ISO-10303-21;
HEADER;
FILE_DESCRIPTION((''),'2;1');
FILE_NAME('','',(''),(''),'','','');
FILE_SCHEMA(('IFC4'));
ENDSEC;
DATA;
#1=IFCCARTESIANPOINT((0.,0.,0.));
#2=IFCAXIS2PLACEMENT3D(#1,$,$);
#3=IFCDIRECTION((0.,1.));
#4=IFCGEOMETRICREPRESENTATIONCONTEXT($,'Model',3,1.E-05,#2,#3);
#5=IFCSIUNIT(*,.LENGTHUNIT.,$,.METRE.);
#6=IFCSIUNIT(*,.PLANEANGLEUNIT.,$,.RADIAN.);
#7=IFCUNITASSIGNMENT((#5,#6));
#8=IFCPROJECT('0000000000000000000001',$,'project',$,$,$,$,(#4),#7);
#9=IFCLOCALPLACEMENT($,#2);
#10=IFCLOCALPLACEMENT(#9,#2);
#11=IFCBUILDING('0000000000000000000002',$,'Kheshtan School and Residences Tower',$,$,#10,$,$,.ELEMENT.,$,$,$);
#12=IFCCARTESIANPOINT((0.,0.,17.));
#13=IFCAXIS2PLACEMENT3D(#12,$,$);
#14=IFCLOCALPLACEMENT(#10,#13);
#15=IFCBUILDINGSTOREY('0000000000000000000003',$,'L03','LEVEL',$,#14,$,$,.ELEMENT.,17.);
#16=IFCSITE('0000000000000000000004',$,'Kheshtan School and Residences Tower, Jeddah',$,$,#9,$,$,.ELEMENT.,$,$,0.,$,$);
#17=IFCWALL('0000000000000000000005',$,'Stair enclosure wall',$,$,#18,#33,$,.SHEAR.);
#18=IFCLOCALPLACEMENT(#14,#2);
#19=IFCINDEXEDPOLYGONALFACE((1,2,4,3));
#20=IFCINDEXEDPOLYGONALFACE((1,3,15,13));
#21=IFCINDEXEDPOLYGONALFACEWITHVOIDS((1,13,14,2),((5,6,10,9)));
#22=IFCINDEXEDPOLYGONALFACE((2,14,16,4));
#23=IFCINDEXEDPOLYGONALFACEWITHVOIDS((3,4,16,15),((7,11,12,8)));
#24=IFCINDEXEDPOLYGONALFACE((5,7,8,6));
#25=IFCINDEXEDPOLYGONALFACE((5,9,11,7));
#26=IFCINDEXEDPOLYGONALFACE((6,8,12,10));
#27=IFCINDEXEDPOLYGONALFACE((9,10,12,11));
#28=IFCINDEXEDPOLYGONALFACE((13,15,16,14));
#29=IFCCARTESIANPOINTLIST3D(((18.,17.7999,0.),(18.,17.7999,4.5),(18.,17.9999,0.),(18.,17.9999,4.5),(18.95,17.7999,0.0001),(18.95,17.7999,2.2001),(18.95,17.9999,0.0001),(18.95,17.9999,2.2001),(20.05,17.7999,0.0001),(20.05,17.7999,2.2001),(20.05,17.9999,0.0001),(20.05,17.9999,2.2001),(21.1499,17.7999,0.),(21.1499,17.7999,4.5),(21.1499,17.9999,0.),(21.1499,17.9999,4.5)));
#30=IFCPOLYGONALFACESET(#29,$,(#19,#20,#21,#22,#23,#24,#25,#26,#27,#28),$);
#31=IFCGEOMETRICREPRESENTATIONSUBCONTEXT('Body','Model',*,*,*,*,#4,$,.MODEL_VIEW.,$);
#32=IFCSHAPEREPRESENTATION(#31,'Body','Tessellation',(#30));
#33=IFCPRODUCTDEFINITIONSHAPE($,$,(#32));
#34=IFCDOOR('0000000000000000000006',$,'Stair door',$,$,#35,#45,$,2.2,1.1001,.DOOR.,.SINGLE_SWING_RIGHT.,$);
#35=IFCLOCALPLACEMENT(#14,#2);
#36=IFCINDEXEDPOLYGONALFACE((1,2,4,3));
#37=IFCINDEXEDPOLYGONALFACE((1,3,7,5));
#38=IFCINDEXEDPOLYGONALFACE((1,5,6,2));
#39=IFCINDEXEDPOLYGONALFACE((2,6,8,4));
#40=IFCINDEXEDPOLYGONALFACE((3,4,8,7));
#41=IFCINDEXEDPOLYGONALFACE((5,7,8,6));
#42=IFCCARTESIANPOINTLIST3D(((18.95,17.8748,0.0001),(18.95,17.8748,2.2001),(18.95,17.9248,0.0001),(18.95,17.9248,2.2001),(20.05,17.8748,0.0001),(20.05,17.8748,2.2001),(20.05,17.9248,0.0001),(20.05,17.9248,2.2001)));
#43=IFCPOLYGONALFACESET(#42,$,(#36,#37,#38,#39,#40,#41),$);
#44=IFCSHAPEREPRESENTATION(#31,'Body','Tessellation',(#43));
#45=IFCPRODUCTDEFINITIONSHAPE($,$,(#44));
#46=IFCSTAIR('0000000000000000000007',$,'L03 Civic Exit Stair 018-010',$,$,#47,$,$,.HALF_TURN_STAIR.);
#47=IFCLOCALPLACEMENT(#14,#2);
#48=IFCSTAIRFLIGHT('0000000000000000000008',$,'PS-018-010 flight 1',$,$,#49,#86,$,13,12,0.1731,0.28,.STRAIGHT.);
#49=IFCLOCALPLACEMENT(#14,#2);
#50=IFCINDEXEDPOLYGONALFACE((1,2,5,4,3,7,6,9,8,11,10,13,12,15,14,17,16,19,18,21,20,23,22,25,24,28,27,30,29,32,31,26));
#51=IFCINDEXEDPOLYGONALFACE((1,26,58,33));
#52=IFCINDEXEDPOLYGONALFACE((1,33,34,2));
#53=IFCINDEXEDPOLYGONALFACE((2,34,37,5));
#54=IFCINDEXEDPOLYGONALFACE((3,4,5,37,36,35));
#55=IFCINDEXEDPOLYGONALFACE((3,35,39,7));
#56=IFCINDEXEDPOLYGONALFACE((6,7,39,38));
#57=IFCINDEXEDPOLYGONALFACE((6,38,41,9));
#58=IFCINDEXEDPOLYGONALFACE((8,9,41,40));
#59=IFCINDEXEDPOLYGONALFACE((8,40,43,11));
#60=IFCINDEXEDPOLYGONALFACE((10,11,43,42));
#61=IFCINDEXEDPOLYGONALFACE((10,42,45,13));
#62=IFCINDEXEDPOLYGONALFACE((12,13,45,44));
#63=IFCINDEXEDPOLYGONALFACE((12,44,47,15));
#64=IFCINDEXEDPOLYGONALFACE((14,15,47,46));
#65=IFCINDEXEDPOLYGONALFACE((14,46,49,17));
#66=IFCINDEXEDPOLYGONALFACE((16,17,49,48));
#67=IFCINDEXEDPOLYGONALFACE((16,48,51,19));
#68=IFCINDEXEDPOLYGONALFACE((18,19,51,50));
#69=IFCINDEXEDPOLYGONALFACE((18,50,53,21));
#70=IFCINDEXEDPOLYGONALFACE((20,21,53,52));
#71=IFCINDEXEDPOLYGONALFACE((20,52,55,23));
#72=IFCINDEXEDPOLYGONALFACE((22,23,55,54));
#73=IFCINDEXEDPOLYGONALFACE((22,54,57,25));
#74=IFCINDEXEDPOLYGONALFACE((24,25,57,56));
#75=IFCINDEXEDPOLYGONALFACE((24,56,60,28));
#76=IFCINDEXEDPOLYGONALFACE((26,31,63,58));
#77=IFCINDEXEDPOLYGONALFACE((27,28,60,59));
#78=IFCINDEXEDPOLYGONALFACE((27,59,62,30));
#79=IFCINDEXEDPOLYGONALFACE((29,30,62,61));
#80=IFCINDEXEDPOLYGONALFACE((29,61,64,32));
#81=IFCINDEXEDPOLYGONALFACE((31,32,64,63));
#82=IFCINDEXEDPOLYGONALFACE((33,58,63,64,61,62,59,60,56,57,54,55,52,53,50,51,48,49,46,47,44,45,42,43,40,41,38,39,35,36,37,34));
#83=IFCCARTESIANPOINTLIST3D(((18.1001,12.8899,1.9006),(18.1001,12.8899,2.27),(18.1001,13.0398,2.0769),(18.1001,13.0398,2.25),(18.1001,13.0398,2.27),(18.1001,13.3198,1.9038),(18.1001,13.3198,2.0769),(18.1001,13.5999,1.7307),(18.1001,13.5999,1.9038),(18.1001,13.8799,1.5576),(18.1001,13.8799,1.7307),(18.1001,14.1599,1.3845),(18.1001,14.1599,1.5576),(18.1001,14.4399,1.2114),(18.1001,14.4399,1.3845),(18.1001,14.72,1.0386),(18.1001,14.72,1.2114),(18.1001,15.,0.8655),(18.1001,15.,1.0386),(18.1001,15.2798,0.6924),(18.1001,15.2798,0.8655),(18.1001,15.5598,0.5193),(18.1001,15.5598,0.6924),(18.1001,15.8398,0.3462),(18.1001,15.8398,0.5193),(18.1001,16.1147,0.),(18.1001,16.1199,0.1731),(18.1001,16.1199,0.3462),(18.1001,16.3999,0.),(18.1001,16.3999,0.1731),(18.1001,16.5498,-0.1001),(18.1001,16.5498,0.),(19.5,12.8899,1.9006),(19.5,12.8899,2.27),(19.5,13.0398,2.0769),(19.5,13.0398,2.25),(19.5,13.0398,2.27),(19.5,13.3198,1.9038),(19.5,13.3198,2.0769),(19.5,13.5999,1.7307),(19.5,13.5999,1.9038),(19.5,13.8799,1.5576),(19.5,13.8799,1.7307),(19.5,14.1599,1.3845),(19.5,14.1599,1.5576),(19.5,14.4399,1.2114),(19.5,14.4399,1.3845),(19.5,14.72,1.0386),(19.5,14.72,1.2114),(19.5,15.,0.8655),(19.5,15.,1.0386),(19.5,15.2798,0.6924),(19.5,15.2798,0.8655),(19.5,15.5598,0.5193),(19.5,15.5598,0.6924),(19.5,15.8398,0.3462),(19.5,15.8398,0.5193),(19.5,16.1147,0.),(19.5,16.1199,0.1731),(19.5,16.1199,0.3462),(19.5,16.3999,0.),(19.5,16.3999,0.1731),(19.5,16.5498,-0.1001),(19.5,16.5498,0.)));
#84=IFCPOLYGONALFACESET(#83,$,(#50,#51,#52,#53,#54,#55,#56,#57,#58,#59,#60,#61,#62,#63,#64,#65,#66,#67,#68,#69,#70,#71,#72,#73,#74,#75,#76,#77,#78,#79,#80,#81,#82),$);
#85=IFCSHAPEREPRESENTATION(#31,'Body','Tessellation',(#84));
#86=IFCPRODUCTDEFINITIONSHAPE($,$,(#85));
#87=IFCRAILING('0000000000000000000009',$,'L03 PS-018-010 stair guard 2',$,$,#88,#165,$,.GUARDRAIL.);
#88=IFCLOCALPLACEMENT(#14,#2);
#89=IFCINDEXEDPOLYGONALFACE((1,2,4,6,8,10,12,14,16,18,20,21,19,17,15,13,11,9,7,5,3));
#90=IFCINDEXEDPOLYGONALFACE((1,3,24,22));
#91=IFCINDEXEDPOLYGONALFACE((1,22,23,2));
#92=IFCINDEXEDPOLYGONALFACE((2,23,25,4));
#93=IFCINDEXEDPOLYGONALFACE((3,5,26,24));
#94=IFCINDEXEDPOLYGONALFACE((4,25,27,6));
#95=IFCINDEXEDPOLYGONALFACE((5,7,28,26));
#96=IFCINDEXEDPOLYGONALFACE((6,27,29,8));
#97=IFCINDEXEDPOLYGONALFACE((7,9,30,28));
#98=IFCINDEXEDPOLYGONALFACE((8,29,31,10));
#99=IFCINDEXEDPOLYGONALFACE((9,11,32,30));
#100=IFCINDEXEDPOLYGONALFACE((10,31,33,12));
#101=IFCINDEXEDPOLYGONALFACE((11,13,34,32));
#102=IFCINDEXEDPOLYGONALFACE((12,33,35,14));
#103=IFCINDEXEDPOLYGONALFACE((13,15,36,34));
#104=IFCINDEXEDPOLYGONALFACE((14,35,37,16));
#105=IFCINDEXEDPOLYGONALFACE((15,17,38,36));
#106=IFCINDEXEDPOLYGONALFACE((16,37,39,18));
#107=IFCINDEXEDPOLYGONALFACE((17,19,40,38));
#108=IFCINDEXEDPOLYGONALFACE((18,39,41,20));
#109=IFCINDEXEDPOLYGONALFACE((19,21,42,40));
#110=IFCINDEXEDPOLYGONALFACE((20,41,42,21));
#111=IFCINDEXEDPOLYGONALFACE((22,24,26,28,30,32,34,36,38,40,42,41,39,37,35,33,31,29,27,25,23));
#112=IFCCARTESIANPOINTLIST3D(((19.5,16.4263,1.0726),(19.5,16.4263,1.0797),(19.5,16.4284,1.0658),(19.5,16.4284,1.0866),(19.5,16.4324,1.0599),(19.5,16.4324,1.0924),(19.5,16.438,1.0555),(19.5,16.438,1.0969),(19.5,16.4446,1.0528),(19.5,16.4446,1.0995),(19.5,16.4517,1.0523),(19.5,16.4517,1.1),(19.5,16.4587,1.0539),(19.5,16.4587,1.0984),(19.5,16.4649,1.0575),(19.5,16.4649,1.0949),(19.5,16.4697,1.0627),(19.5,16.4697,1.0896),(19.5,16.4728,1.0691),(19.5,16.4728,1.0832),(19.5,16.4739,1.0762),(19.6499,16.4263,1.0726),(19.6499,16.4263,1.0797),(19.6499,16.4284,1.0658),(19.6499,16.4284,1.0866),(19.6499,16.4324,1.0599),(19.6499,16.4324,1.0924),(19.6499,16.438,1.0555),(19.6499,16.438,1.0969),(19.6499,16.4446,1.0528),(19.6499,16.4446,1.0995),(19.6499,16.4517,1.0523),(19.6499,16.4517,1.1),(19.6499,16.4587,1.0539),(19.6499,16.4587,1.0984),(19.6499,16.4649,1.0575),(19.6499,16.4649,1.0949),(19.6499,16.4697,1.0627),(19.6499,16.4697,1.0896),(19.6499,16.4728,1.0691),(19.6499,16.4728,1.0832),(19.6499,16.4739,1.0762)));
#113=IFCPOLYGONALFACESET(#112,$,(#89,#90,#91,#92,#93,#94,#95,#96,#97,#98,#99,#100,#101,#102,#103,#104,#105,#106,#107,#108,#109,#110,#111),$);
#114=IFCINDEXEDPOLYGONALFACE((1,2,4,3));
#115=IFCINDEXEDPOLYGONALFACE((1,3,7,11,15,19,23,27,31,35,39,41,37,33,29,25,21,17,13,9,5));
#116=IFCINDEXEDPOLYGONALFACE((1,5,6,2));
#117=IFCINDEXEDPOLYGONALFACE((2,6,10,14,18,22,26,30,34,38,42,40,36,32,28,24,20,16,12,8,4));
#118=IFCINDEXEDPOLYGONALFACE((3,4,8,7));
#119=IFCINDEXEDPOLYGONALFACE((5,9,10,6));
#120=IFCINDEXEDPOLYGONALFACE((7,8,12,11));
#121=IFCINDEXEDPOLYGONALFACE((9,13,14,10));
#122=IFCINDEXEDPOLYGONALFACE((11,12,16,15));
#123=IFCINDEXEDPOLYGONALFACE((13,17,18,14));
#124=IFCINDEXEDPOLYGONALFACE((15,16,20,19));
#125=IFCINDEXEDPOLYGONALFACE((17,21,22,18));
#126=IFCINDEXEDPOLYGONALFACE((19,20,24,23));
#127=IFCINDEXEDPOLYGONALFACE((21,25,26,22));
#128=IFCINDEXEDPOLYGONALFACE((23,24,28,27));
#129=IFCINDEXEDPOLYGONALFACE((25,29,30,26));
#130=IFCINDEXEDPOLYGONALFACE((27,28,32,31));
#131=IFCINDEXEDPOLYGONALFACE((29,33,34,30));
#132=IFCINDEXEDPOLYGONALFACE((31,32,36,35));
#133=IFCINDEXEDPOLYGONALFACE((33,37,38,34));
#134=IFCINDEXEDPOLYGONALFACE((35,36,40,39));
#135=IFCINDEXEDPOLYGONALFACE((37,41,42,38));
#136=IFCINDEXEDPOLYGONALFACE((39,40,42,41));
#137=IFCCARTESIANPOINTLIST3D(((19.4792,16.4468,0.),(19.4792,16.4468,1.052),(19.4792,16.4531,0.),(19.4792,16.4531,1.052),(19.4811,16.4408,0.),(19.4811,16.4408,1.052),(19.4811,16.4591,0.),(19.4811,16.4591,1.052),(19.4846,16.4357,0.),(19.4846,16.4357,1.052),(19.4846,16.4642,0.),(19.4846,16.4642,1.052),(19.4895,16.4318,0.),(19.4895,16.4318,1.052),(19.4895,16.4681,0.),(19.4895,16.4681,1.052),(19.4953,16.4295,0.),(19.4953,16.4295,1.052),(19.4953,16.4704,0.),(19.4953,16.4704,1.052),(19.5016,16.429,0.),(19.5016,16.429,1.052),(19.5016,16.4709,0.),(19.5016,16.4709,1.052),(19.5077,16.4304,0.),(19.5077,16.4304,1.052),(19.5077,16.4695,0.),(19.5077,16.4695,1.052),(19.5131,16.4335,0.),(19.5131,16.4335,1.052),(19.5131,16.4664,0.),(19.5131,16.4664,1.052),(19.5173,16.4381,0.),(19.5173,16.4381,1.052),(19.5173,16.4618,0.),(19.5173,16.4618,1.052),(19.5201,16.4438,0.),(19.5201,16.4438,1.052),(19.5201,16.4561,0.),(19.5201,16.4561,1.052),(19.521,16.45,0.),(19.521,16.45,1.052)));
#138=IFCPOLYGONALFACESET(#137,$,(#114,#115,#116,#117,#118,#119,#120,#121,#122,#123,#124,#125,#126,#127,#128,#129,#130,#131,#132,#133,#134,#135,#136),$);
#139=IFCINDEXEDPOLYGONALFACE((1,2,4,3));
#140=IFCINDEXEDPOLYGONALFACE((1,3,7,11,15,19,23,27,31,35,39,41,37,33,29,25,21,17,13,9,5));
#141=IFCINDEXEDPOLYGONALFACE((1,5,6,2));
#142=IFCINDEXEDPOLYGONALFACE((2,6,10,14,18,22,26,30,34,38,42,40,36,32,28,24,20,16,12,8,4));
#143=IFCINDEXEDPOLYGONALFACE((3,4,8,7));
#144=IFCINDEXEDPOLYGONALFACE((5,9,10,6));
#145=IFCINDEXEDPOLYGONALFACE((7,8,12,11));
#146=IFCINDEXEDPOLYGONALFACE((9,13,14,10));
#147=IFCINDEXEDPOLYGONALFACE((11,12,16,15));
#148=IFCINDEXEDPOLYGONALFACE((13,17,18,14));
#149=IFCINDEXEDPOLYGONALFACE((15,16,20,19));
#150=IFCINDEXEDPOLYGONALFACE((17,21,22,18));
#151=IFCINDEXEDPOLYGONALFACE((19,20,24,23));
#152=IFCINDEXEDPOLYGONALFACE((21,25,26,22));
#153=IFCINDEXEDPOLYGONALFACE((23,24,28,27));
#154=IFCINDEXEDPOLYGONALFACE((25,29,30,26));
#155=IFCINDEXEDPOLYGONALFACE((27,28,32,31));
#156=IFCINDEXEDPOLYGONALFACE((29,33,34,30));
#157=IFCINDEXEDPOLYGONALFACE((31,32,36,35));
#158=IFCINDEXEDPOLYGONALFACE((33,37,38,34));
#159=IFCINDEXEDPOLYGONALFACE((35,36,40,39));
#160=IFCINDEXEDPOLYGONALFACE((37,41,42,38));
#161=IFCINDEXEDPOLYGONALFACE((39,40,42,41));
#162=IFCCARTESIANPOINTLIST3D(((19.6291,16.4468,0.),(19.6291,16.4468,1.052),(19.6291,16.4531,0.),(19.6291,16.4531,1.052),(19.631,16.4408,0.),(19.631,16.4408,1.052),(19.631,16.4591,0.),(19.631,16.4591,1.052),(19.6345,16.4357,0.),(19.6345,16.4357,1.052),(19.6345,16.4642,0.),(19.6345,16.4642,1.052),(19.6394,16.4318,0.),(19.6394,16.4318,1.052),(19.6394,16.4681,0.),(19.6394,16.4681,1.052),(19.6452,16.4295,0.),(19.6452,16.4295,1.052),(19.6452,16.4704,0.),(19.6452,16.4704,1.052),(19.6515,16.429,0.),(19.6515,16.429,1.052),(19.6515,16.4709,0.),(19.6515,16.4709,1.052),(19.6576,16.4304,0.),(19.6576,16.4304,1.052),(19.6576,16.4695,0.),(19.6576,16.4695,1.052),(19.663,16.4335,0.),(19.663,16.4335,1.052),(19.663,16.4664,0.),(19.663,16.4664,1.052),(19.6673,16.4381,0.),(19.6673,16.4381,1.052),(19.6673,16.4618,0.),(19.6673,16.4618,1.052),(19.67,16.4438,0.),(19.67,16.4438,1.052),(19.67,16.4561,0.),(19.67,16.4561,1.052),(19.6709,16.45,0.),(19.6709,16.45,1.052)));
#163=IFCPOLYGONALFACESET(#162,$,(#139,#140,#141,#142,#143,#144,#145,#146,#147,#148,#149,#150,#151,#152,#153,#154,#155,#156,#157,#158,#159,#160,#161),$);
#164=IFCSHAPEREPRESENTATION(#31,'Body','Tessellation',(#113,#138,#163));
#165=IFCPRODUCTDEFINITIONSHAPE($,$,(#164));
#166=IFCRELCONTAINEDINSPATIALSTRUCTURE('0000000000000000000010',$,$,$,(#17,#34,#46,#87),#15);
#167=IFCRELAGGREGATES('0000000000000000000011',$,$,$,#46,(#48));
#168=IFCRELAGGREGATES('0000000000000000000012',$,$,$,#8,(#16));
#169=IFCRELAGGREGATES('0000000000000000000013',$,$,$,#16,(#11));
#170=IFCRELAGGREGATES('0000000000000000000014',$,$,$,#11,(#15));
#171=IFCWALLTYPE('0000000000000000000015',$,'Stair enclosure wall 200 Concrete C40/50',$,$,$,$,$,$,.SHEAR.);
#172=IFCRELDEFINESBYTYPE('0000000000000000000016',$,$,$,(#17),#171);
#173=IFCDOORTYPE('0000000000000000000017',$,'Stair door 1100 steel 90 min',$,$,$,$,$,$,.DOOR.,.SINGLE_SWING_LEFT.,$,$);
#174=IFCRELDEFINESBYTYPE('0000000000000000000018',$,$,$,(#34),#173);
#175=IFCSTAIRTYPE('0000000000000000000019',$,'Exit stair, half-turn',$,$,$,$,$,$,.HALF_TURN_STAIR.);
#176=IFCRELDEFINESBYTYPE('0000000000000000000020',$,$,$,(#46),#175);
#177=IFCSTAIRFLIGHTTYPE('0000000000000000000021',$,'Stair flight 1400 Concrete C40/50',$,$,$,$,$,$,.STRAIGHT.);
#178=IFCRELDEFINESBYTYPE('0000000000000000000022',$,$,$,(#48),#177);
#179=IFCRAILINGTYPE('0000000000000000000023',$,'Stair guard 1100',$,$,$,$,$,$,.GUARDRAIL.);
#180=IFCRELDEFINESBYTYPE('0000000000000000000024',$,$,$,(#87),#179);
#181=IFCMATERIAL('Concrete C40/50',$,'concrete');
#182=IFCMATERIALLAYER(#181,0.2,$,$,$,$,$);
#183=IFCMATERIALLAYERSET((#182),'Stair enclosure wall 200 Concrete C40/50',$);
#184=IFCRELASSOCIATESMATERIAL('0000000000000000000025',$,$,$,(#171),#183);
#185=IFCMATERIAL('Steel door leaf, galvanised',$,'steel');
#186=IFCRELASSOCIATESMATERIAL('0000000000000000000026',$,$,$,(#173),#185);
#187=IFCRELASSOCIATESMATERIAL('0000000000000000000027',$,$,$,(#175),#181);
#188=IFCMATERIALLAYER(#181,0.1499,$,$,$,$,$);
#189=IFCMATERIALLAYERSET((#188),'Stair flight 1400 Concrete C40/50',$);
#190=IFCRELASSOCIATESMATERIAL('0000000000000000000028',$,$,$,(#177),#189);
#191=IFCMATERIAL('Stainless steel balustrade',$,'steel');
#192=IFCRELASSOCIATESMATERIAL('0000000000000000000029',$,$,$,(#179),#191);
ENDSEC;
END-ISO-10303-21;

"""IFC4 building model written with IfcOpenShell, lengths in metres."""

from ifc_helpers import new_model, si_unit, direction, frame, frame_2d, origin, origin_2d, place, context, subcontext, project, spatial, polyline, rectangle, circle, outline, extrude, source, transform, mapped, material, layer, layer_set, type_object, element, fill, aggregate, save


model = new_model("IFC4")

# Units and contexts
model_context = context("Model", 3, precision=1e-05, world=origin(), true_north=direction((0.0, 1.0)))
body_context = subcontext(model_context, "Body", "Model", "MODEL_VIEW")
ifc_project = project(units=[si_unit("LENGTHUNIT", "METRE"), si_unit("PLANEANGLEUNIT", "RADIAN")], contexts=[model_context])

# Site, building, storey
site_placement = place(None, origin())
site = spatial("IfcSite", under=ifc_project, at=site_placement, Name="Kheshtan School and Residences Tower, Jeddah", CompositionType="ELEMENT", RefElevation=0.0)
building_placement = place(site_placement, origin())
building = spatial("IfcBuilding", under=site, at=building_placement, Name="Kheshtan School and Residences Tower", CompositionType="ELEMENT")
storey_placement = place(building_placement, frame((0.0, 0.0, 17.0)))
storey = spatial("IfcBuildingStorey", under=building, at=storey_placement, Name="L03", Description="LEVEL", CompositionType="ELEMENT", Elevation=17.0)

# Wall, opening, door
ifc_material_1 = material(Name="Concrete C40/50", Category="concrete")
ifc_layer_1 = layer(ifc_material_1, 0.2)
ifc_layer_set_1 = layer_set([ifc_layer_1], Name="Stair enclosure wall 200 Concrete C40/50")
wall_type_1 = type_object("IfcWallType", Name="Stair enclosure wall 200 Concrete C40/50", PredefinedType="SHEAR", material=ifc_layer_set_1)
wall_1_placement = place(storey_placement, frame((18.0, 17.8999, 0.0), z_axis=(0.0, 0.0, 1.0), x_axis=(1.0, 0.0, 0.0)))
wall_1 = element("IfcWall", 1, at=wall_1_placement, inside=storey, type_object=wall_type_1, Name="Stair enclosure wall", PredefinedType="SHEAR", context=body_context, shape_type="SweptSolid", body=[
    extrude(rectangle(XDim=3.1499, YDim=0.2, at=frame_2d((1.575, 0.0))), origin(), (0.0, 0.0, 1.0), 4.5),
])
opening_1_placement = place(wall_1_placement, frame((0.95, 0.0, 0.0)))
opening_1 = element("IfcOpeningElement", 2, at=opening_1_placement, cuts=wall_1, PredefinedType="OPENING", context=body_context, shape_type="SweptSolid", body=[
    extrude(rectangle(XDim=1.1001, YDim=2.2, at=frame_2d((0.55, 1.1001))), frame((0.0, 0.1099, 0.0), z_axis=(0.0, -1.0, 0.0), x_axis=(1.0, 0.0, 0.0)), (0.0, 0.0, 1.0), 0.22),
])
ifc_material_2 = material(Name="Steel door leaf, galvanised", Category="steel")
door_type_1 = type_object("IfcDoorType", Name="Stair door 1100 steel 90 min", OperationType="SINGLE_SWING_LEFT", PredefinedType="DOOR", material=ifc_material_2)
shared_shape_1 = source(origin(), body_context, "Body", "SweptSolid", [
    extrude(rectangle(XDim=1.1001, YDim=2.2, at=frame_2d((0.55, 1.1001))), frame((0.0, 0.0249, 0.0), z_axis=(0.0, -1.0, 0.0), x_axis=(1.0, 0.0, 0.0)), (0.0, 0.0, 1.0), 0.05),
])
door_1_placement = place(opening_1_placement, origin())
door_1 = element("IfcDoor", 3, at=door_1_placement, inside=storey, type_object=door_type_1, Name="Stair door", OperationType="SINGLE_SWING_RIGHT", OverallHeight=2.2, OverallWidth=1.1001, PredefinedType="DOOR", context=body_context, shape_type="MappedRepresentation", body=[
    mapped(shared_shape_1, transform((0.0, 0.0, 0.0), x_axis=(1.0, 0.0, 0.0), y_axis=(0.0, 1.0, 0.0), z_axis=(0.0, 0.0, 1.0), scale=1.0)),
])
fill(opening_1, door_1)

# Stair, stair flight
stair_type = type_object("IfcStairType", Name="Exit stair, half-turn", PredefinedType="HALF_TURN_STAIR", material=ifc_material_1)
stair_placement = place(storey_placement, origin())
stair = element("IfcStair", 4, at=stair_placement, inside=storey, type_object=stair_type, Name="L03 Civic Exit Stair 018-010", PredefinedType="HALF_TURN_STAIR")
ifc_layer_2 = layer(ifc_material_1, 0.1499)
ifc_layer_set_2 = layer_set([ifc_layer_2], Name="Stair flight 1400 Concrete C40/50")
stair_flight_type = type_object("IfcStairFlightType", Name="Stair flight 1400 Concrete C40/50", PredefinedType="STRAIGHT", material=ifc_layer_set_2)
stair_flight_placement = place(storey_placement, frame((18.8, 16.3999, 0.0), z_axis=(0.0, 0.0, 1.0), x_axis=(0.0, -1.0, 0.0)))
stair_flight = element("IfcStairFlight", 5, at=stair_flight_placement, type_object=stair_flight_type, Name="PS-018-010 flight 1", NumberOfRisers=13, NumberOfTreads=12, PredefinedType="STRAIGHT", RiserHeight=0.1731, TreadLength=0.28, context=body_context, shape_type="SweptSolid", body=[
    extrude(outline(polyline([(-0.1499, -0.1001), (-0.1499, 0.0), (0.0, 0.0), (0.0, 0.1731), (0.28, 0.1731), (0.28, 0.3462), (0.5601, 0.3462), (0.5601, 0.5193), (0.8401, 0.5193), (0.8401, 0.6924), (1.1201, 0.6924), (1.1201, 0.8655), (1.3999, 0.8655), (1.3999, 1.0386), (1.6799, 1.0386), (1.6799, 1.2114), (1.96, 1.2114), (1.96, 1.3845), (2.24, 1.3845), (2.24, 1.5576), (2.52, 1.5576), (2.52, 1.7307), (2.8, 1.7307), (2.8, 1.9038), (3.0801, 1.9038), (3.0801, 2.0769), (3.3601, 2.0769), (3.3601, 2.25), (3.3601, 2.27), (3.51, 2.27), (3.51, 1.9006), (0.2852, 0.0), (-0.1499, -0.1001)])), frame((0.0, 0.7, 0.0), z_axis=(0.0, -1.0, 0.0), x_axis=(1.0, 0.0, 0.0)), (0.0, 0.0, 1.0), 1.3999),
])
aggregate(stair, [stair_flight])

# Railing
ifc_material_3 = material(Name="Stainless steel balustrade", Category="steel")
railing_type_1 = type_object("IfcRailingType", Name="Stair guard 1100", PredefinedType="GUARDRAIL", material=ifc_material_3)
railing_1_placement = place(storey_placement, frame((19.5, 16.45, 0.0)))
element("IfcRailing", 6, at=railing_1_placement, inside=storey, type_object=railing_type_1, Name="L03 PS-018-010 stair guard 2", PredefinedType="GUARDRAIL", context=body_context, shape_type="SweptSolid", body=[
    extrude(circle(Radius=0.0239, at=origin_2d()), frame((0.0, 0.0, 1.0762), z_axis=(1.0, 0.0, 0.0), x_axis=(0.0, 1.0, 0.0)), (0.0, 0.0, 1.0), 0.1499),
    extrude(circle(Radius=0.021, at=origin_2d()), origin(), (0.0, 0.0, 1.0), 1.052),
    extrude(circle(Radius=0.021, at=origin_2d()), frame((0.1499, 0.0, 0.0)), (0.0, 0.0, 1.0), 1.052),
])

save(model, "model.ifc")
